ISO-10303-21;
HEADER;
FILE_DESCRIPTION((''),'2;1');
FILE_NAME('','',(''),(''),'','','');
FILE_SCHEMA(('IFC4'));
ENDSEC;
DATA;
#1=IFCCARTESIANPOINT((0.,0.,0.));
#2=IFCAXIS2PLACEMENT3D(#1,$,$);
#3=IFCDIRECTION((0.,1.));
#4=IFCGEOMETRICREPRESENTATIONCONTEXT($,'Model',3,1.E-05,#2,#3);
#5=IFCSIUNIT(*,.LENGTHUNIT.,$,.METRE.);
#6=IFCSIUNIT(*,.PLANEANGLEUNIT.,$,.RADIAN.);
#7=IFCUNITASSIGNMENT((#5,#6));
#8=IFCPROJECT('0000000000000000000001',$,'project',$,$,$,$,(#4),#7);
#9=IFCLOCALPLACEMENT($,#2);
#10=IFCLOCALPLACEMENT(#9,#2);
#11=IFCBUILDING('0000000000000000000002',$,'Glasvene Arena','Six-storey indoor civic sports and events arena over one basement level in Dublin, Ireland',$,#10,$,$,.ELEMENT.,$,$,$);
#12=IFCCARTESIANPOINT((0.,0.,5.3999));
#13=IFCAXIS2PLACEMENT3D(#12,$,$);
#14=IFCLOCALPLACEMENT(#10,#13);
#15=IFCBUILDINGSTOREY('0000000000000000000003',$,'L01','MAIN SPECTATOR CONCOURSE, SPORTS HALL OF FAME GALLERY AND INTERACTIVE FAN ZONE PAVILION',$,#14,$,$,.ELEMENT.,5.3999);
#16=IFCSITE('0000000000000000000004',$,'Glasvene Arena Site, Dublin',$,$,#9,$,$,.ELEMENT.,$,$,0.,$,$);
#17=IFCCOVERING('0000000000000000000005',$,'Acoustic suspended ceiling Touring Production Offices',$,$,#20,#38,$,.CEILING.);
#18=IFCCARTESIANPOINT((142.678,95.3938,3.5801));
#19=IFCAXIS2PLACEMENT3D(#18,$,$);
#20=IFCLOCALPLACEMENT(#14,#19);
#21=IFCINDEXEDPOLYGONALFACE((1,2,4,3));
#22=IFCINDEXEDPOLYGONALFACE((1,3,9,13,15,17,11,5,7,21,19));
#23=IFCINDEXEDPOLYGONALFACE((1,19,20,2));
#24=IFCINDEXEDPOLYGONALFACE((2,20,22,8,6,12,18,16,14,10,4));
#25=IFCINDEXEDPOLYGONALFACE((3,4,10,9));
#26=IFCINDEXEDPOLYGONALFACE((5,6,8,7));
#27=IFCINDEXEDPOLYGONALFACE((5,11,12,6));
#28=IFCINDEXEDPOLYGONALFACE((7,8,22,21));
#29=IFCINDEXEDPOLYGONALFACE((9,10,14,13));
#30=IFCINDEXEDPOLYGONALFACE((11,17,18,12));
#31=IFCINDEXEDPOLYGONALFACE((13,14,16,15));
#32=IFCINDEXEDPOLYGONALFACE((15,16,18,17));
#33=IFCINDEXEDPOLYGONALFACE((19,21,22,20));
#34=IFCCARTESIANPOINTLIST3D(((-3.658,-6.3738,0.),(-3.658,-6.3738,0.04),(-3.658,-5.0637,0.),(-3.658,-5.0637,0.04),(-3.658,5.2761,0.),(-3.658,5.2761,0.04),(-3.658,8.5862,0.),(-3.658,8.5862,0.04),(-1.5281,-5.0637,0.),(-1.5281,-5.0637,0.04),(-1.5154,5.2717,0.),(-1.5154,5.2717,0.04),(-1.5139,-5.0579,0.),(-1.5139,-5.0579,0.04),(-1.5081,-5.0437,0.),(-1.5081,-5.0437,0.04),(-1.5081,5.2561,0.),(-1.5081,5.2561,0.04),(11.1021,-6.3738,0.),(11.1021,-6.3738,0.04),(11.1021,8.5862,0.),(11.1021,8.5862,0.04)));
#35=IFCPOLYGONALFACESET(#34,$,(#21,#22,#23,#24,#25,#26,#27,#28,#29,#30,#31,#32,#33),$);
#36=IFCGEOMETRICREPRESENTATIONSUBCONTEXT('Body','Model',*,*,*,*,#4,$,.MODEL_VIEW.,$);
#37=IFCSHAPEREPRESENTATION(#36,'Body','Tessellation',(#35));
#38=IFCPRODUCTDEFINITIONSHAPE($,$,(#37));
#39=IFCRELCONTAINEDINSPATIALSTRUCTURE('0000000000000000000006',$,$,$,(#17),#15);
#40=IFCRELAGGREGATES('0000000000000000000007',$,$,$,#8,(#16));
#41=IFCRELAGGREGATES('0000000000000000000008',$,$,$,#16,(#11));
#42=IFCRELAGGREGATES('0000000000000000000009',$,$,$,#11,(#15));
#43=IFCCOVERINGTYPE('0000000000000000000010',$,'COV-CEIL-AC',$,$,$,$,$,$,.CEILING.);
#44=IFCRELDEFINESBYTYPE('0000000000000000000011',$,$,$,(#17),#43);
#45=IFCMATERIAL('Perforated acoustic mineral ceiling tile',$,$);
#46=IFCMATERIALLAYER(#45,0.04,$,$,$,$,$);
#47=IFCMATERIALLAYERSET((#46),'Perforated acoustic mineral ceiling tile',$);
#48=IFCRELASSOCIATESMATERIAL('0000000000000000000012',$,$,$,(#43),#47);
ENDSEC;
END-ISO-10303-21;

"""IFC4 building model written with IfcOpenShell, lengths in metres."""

from ifc_helpers import new_model, si_unit, direction, frame, origin, place, context, subcontext, project, spatial, polyline, outline, extrude, material, layer, layer_set, type_object, element, save


model = new_model("IFC4")

# Units and contexts
model_context = context("Model", 3, precision=1e-05, world=origin(), true_north=direction((0.0, 1.0)))
body_context = subcontext(model_context, "Body", "Model", "MODEL_VIEW")
ifc_project = project(units=[si_unit("LENGTHUNIT", "METRE"), si_unit("PLANEANGLEUNIT", "RADIAN")], contexts=[model_context])

# Site, building, storey
site_placement = place(None, origin())
site = spatial("IfcSite", under=ifc_project, at=site_placement, Name="Glasvene Arena Site, Dublin", CompositionType="ELEMENT", RefElevation=0.0)
building_placement = place(site_placement, origin())
building = spatial("IfcBuilding", under=site, at=building_placement, Name="Glasvene Arena", Description="Six-storey indoor civic sports and events arena over one basement level in Dublin, Ireland", CompositionType="ELEMENT")
storey_placement = place(building_placement, frame((0.0, 0.0, 5.3999)))
storey = spatial("IfcBuildingStorey", under=building, at=storey_placement, Name="L01", Description="MAIN SPECTATOR CONCOURSE, SPORTS HALL OF FAME GALLERY AND INTERACTIVE FAN ZONE PAVILION", CompositionType="ELEMENT", Elevation=5.3999)

# Covering
ifc_material_1 = material(Name="Perforated acoustic mineral ceiling tile")
ifc_layer_1 = layer(ifc_material_1, 0.04)
ifc_layer_set_1 = layer_set([ifc_layer_1], Name="Perforated acoustic mineral ceiling tile")
covering_type = type_object("IfcCoveringType", Name="COV-CEIL-AC", PredefinedType="CEILING", material=ifc_layer_set_1)
covering_placement = place(storey_placement, frame((142.678, 95.3938, 3.5801)))
element("IfcCovering", 1, at=covering_placement, inside=storey, type_object=covering_type, Name="Acoustic suspended ceiling Touring Production Offices", PredefinedType="CEILING", context=body_context, shape_type="SweptSolid", body=[
    extrude(outline(polyline([(-3.658, 8.5862), (11.1021, 8.5862), (11.1021, -6.3738), (-3.658, -6.3738), (-3.658, -5.0637), (-1.5281, -5.0637), (-1.5139, -5.0579), (-1.5081, -5.0437), (-1.5081, 5.2561), (-1.5154, 5.2717), (-3.658, 5.2761), (-3.658, 8.5862)])), origin(), (0.0, 0.0, 1.0), 0.04),
])

save(model, "model.ifc")
